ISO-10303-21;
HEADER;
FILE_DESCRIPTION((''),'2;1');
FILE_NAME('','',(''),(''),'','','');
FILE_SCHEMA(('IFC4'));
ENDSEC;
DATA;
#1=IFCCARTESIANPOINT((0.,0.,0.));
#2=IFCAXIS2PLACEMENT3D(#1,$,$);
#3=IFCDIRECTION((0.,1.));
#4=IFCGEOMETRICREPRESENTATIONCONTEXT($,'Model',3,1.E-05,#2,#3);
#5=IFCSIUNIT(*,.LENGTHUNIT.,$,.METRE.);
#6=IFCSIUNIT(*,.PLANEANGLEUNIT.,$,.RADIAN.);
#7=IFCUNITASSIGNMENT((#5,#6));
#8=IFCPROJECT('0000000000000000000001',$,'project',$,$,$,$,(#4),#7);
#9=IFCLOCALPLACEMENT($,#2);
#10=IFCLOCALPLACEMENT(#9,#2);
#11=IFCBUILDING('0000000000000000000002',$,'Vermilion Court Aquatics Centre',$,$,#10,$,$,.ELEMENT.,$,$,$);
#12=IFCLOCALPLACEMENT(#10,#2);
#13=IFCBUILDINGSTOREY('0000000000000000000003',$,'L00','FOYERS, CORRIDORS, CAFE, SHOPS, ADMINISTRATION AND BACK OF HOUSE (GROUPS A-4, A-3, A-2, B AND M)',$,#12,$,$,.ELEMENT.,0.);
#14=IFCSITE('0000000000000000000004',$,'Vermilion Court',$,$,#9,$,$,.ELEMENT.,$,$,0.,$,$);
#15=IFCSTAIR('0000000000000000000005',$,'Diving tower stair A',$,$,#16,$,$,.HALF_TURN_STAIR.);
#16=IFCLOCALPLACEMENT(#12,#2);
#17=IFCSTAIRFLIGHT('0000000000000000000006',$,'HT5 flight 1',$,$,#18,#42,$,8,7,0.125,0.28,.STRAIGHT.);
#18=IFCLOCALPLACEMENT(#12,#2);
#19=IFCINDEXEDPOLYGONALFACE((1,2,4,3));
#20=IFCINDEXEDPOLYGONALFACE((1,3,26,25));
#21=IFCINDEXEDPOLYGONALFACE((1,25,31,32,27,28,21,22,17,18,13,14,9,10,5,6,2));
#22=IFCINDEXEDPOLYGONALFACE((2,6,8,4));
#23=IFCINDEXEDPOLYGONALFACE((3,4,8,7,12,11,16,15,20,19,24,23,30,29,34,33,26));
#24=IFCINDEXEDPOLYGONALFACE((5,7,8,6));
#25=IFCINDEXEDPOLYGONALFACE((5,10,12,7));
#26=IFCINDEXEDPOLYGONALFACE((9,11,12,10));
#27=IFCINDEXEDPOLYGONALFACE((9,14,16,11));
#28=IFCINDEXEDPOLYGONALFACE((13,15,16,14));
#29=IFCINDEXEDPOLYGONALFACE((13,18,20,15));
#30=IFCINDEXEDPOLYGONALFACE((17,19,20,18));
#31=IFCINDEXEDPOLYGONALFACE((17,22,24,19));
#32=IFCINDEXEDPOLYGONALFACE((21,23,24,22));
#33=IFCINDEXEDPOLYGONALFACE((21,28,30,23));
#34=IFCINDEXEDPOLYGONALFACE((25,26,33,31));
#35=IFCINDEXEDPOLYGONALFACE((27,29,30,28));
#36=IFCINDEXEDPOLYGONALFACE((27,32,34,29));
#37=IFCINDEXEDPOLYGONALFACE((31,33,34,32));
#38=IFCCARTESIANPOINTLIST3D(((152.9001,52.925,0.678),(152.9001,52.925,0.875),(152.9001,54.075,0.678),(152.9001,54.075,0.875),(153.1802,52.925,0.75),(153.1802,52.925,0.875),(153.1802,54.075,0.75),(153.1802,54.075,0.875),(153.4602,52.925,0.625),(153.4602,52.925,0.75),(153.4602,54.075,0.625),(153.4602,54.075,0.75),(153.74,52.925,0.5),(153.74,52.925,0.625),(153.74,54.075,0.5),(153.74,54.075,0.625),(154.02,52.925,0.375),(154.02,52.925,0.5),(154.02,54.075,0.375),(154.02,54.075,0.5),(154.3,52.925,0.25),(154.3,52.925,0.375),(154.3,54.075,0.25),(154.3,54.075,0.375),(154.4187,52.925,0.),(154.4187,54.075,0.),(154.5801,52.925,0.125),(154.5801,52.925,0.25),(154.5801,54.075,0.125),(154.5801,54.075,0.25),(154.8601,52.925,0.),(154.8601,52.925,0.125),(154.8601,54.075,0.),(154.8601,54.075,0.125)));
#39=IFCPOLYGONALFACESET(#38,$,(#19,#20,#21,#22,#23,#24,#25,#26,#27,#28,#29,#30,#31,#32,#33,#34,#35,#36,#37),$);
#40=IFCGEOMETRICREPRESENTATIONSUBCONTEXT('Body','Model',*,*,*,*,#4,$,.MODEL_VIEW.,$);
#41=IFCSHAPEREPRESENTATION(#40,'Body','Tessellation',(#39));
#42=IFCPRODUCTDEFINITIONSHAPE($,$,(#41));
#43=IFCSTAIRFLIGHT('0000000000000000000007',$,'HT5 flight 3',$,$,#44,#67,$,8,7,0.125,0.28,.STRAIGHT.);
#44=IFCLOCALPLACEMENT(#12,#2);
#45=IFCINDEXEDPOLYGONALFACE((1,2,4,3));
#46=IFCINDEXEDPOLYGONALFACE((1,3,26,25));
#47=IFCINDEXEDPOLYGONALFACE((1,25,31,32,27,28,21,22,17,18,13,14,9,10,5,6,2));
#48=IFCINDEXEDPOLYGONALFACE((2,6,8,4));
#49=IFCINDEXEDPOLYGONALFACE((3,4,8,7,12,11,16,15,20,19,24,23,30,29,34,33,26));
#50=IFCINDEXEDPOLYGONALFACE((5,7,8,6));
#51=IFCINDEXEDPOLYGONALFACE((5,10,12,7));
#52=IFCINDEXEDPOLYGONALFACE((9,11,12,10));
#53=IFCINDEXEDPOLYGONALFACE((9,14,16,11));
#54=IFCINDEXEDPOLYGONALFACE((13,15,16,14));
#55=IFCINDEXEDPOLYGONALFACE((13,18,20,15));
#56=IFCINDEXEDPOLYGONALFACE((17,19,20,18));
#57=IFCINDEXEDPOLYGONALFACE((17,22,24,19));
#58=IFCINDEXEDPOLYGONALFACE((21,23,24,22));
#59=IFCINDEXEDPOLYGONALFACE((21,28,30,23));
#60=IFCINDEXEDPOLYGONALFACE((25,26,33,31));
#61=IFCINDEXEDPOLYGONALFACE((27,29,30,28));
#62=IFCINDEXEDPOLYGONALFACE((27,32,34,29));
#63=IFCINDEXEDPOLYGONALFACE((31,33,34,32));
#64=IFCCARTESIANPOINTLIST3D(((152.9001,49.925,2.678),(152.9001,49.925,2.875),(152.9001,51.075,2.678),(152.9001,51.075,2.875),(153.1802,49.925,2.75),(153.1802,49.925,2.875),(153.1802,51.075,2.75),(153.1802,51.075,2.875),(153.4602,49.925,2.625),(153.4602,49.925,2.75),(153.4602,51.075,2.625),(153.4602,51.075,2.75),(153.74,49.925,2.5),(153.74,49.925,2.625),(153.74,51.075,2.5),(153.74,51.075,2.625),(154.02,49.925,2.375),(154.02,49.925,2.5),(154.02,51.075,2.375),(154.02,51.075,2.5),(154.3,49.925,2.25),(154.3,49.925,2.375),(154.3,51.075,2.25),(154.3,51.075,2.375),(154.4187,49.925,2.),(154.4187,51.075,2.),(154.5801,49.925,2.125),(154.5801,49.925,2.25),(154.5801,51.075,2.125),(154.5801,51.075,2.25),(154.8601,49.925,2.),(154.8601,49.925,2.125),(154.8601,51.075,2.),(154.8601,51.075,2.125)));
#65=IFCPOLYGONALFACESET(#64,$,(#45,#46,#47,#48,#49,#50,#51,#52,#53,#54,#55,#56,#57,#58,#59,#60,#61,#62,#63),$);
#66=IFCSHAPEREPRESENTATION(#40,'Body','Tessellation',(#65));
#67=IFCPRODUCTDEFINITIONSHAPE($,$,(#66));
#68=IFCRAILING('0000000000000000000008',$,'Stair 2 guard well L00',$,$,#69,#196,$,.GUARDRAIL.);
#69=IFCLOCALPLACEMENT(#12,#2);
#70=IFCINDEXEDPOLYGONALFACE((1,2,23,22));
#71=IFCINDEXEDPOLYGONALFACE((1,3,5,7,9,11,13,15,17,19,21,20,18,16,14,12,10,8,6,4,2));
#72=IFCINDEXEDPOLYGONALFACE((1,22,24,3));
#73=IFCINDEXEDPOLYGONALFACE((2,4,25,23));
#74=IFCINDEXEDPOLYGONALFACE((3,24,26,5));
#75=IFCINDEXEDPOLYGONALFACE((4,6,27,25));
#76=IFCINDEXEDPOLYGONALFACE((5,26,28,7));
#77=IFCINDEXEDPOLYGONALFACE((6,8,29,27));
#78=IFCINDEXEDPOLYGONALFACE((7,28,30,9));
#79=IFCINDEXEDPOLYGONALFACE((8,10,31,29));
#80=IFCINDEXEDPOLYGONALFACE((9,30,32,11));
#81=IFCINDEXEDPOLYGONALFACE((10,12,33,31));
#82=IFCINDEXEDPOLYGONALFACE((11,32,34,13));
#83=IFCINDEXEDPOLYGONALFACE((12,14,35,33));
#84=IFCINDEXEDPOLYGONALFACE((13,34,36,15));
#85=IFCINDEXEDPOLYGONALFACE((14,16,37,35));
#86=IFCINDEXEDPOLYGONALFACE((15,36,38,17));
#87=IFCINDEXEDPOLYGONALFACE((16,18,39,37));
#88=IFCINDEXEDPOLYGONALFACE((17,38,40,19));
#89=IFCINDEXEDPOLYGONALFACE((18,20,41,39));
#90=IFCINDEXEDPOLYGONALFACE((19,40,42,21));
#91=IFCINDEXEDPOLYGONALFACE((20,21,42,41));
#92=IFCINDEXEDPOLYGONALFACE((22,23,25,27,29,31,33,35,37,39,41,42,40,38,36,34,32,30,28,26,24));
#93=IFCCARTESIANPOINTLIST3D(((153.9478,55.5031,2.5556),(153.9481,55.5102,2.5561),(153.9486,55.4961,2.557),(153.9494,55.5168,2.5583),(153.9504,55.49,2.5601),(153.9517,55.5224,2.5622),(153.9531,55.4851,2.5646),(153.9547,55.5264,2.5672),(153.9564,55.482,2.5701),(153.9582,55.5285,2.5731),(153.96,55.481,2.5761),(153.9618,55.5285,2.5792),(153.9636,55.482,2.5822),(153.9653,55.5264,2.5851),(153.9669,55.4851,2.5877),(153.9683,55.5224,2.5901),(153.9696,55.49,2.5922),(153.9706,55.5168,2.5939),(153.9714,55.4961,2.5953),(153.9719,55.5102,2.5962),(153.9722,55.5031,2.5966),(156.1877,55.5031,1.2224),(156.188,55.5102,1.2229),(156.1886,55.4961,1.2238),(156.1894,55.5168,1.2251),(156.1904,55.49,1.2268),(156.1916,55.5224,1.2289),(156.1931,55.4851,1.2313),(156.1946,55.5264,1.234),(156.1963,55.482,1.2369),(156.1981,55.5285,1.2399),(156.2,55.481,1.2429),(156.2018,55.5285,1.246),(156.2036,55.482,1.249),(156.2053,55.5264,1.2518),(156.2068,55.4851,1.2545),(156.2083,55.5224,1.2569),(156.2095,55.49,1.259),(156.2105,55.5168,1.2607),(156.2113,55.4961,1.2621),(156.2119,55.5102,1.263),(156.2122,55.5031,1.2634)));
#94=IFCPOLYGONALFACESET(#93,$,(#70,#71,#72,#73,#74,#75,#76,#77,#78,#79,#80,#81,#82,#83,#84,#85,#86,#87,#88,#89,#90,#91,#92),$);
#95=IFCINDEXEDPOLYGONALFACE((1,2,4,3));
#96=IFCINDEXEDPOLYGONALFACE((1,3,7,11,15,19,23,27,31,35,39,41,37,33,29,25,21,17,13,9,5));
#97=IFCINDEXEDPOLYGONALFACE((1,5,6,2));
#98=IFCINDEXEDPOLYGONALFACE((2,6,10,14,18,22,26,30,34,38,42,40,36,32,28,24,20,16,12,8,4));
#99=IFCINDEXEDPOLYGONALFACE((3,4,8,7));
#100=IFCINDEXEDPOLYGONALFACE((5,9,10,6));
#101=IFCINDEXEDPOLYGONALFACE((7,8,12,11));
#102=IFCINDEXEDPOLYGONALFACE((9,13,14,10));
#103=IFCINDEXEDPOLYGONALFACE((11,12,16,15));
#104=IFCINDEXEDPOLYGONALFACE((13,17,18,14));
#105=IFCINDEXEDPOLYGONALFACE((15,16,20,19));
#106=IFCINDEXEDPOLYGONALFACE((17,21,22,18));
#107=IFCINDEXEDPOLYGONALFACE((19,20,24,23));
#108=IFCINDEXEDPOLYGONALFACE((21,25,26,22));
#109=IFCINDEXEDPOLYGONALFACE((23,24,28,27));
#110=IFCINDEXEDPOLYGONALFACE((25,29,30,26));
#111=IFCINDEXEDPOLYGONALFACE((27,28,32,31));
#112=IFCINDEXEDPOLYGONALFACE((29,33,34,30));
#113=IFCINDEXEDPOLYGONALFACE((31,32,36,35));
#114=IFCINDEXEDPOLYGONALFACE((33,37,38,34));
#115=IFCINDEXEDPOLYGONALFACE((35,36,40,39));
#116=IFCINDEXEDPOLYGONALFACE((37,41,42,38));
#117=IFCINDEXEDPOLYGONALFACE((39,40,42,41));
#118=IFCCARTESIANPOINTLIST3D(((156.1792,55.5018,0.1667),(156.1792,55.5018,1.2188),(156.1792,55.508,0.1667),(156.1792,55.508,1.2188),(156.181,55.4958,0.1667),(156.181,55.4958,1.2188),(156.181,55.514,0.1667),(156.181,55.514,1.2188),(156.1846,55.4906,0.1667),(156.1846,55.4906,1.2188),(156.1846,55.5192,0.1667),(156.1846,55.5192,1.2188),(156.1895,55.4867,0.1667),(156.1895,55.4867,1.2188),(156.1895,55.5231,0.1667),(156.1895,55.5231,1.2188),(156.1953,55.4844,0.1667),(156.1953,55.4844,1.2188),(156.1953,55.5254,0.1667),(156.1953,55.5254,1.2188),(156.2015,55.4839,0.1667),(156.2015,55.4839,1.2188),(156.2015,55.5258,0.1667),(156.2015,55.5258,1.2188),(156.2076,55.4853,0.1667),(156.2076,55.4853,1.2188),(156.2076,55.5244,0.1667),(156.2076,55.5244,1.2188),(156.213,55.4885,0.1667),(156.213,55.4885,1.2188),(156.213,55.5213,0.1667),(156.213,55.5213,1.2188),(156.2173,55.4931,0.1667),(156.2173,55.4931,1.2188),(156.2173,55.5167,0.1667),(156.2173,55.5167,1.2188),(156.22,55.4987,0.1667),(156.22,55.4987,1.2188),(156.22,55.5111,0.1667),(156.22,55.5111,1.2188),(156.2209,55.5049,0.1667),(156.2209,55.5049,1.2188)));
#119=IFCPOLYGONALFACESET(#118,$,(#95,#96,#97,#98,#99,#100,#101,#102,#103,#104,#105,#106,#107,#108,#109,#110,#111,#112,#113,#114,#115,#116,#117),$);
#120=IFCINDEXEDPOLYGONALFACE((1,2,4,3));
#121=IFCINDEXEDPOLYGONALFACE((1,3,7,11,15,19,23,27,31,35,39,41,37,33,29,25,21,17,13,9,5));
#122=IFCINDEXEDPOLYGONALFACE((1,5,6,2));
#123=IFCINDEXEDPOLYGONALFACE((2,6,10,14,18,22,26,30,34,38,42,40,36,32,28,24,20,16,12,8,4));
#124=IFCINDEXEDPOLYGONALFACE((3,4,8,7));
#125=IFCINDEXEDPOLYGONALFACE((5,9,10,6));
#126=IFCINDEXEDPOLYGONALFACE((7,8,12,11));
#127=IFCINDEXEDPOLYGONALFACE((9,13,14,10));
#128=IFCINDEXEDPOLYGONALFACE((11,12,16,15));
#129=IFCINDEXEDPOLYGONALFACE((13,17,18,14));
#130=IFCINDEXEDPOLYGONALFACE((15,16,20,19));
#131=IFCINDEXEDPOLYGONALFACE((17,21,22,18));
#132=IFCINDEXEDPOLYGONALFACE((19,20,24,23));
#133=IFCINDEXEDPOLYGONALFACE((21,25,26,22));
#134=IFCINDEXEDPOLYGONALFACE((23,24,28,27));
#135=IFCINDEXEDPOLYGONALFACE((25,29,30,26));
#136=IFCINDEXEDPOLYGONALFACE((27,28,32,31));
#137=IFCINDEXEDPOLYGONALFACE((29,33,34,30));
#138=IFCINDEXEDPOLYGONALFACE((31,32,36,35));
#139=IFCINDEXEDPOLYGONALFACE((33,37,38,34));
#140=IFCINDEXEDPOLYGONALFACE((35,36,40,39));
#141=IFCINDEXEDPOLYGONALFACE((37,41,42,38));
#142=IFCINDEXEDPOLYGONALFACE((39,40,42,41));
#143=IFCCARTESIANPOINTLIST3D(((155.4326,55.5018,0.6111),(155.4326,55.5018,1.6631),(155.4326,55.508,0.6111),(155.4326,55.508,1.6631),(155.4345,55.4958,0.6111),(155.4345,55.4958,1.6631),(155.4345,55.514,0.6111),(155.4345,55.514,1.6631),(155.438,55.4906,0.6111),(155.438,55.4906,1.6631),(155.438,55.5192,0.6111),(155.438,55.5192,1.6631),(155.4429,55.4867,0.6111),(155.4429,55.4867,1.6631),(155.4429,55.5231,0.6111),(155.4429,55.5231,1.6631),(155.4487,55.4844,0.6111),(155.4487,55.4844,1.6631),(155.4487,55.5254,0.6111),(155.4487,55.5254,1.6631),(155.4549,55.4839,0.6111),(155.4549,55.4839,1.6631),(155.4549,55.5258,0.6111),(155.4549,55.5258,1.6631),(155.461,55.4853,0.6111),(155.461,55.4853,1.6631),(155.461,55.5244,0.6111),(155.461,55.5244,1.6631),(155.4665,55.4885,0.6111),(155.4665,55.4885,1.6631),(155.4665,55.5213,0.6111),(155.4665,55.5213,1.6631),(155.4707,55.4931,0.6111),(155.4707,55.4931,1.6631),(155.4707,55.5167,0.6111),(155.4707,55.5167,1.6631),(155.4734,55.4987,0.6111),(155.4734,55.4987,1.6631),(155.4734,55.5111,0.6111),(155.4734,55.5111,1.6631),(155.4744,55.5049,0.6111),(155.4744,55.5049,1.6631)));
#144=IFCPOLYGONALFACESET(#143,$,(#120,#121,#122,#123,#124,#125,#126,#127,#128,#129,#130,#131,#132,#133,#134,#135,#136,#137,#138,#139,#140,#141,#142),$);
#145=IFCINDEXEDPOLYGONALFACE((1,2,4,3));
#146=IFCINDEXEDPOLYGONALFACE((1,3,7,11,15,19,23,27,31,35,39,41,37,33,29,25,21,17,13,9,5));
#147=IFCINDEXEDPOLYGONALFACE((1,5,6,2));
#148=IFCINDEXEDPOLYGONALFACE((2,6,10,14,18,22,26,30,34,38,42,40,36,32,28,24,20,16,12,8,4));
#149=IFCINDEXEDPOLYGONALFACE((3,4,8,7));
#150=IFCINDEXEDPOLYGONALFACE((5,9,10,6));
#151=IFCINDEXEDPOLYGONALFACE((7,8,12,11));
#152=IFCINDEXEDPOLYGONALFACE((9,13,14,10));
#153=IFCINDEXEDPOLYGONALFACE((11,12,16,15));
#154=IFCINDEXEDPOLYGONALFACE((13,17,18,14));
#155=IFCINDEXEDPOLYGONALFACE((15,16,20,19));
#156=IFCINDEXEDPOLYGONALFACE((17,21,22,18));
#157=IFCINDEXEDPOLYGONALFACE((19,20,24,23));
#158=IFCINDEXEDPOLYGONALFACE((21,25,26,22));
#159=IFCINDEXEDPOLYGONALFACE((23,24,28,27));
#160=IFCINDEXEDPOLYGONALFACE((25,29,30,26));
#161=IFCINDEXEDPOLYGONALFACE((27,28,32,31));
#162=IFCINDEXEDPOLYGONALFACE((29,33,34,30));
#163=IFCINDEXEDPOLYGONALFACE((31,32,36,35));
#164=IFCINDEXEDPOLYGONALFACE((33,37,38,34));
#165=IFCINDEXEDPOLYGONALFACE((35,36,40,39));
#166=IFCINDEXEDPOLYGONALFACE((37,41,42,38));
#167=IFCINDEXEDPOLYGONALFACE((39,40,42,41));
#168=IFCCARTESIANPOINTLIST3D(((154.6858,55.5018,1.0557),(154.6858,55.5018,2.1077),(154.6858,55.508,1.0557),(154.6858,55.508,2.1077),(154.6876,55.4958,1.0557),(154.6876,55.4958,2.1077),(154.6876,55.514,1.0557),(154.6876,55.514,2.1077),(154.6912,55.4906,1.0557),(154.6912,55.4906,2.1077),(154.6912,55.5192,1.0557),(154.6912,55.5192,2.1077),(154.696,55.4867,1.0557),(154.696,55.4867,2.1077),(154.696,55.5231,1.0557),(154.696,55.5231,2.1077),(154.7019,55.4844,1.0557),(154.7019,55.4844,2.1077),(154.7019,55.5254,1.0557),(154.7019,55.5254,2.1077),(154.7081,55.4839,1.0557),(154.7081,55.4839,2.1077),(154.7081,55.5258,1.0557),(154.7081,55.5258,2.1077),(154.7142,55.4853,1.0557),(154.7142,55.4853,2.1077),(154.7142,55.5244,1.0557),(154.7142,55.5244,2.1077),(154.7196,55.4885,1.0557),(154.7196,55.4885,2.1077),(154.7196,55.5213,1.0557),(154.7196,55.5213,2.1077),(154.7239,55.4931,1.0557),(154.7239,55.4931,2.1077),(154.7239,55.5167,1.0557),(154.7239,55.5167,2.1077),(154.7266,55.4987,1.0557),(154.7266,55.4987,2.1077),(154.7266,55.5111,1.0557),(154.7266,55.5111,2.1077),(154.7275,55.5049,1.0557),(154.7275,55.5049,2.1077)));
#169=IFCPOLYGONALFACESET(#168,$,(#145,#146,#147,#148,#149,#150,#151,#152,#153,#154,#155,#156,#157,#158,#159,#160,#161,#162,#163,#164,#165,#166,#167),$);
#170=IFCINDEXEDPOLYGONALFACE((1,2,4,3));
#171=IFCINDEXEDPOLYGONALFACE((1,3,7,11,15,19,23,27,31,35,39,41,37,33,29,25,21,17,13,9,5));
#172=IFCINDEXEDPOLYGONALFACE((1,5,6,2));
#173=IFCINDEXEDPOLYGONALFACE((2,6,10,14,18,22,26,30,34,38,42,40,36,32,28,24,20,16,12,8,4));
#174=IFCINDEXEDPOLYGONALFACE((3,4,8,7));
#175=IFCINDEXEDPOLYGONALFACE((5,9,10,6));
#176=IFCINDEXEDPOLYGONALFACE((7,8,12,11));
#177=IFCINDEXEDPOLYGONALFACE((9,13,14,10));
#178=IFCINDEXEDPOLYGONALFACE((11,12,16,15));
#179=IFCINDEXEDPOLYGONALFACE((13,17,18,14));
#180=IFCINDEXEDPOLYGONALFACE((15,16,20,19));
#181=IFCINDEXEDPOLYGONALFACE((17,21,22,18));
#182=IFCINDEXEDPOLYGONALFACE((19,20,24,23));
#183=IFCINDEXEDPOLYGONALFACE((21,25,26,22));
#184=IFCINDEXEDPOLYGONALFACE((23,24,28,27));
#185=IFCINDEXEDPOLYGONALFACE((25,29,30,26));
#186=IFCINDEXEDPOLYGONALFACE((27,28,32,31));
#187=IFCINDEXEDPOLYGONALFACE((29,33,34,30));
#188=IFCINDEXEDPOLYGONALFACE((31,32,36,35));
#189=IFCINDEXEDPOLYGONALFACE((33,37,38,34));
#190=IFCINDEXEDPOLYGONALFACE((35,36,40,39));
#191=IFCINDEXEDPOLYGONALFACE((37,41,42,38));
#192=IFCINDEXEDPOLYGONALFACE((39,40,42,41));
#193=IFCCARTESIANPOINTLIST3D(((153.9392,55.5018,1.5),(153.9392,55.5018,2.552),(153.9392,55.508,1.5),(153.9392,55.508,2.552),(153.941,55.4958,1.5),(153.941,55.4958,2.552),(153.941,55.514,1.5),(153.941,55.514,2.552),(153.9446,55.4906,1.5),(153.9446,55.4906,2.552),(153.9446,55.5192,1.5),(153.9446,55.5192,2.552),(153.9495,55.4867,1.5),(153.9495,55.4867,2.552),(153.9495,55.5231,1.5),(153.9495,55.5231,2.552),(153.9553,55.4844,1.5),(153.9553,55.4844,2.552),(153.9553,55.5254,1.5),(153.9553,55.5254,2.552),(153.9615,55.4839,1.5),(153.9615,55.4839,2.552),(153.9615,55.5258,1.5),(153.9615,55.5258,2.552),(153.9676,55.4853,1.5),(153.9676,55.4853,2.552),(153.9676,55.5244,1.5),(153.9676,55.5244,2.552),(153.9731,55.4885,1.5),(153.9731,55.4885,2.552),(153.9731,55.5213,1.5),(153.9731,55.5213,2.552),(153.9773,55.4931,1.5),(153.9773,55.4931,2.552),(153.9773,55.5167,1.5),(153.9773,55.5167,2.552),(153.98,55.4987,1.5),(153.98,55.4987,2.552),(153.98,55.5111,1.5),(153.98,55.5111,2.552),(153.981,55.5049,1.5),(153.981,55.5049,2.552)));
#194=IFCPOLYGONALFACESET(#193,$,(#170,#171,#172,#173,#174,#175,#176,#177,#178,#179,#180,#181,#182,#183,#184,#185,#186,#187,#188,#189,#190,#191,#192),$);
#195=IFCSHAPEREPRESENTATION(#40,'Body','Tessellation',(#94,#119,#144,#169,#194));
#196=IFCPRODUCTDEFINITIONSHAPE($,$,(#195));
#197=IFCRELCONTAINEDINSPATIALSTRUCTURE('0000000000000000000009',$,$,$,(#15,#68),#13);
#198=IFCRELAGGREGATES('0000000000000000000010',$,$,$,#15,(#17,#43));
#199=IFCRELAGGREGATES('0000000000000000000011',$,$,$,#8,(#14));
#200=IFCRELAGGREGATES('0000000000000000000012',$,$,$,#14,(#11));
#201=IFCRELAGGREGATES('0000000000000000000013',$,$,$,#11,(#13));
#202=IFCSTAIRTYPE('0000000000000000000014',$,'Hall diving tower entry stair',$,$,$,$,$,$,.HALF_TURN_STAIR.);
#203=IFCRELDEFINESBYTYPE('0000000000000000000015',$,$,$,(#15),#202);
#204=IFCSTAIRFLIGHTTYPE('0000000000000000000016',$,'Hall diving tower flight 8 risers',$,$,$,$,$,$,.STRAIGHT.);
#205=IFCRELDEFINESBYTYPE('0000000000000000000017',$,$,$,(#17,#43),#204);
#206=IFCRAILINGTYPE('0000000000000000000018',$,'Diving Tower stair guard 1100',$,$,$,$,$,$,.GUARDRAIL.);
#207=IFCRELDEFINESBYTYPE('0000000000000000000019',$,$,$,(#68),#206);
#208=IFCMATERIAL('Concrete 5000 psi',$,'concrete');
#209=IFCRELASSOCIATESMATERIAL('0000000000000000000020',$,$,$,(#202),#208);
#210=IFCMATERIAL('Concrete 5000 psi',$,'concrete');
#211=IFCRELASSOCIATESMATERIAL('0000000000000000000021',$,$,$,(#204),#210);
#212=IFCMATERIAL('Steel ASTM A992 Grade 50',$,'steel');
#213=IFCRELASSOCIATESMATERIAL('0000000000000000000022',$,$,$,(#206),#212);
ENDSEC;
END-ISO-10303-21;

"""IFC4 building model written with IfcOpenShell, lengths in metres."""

from ifc_helpers import new_model, si_unit, direction, frame, origin, origin_2d, place, context, subcontext, project, spatial, polyline, circle, outline, extrude, material, type_object, element, aggregate, save


model = new_model("IFC4")

# Units and contexts
model_context = context("Model", 3, precision=1e-05, world=origin(), true_north=direction((0.0, 1.0)))
body_context = subcontext(model_context, "Body", "Model", "MODEL_VIEW")
ifc_project = project(units=[si_unit("LENGTHUNIT", "METRE"), si_unit("PLANEANGLEUNIT", "RADIAN")], contexts=[model_context])

# Site, building, storey
site_placement = place(None, origin())
site = spatial("IfcSite", under=ifc_project, at=site_placement, Name="Vermilion Court", CompositionType="ELEMENT", RefElevation=0.0)
building_placement = place(site_placement, origin())
building = spatial("IfcBuilding", under=site, at=building_placement, Name="Vermilion Court Aquatics Centre", CompositionType="ELEMENT")
storey_placement = place(building_placement, origin())
storey = spatial("IfcBuildingStorey", under=building, at=storey_placement, Name="L00", Description="FOYERS, CORRIDORS, CAFE, SHOPS, ADMINISTRATION AND BACK OF HOUSE (GROUPS A-4, A-3, A-2, B AND M)", CompositionType="ELEMENT", Elevation=0.0)

# Stair, stair flights
ifc_material_1 = material(Name="Concrete 5000 psi", Category="concrete")
stair_type_1 = type_object("IfcStairType", Name="Hall diving tower entry stair", PredefinedType="HALF_TURN_STAIR", material=ifc_material_1)
stair_1_placement = place(storey_placement, origin())
stair_1 = element("IfcStair", 1, at=stair_1_placement, inside=storey, type_object=stair_type_1, Name="Diving tower stair A", PredefinedType="HALF_TURN_STAIR")
ifc_material_2 = material(Name="Concrete 5000 psi", Category="concrete")
stair_flight_type_1 = type_object("IfcStairFlightType", Name="Hall diving tower flight 8 risers", PredefinedType="STRAIGHT", material=ifc_material_2)
stair_flight_1_placement = place(storey_placement, frame((154.8601, 53.5, 0.0), z_axis=(0.0, 0.0, 1.0), x_axis=(-1.0, 0.0, 0.0)))
stair_flight_1 = element("IfcStairFlight", 2, at=stair_flight_1_placement, type_object=stair_flight_type_1, Name="HT5 flight 1", NumberOfRisers=8, NumberOfTreads=7, PredefinedType="STRAIGHT", RiserHeight=0.125, TreadLength=0.28, context=body_context, shape_type="SweptSolid", body=[
    extrude(outline(polyline([(0.0, 0.0), (0.0, 0.125), (0.28, 0.125), (0.28, 0.25), (0.5601, 0.25), (0.5601, 0.375), (0.8401, 0.375), (0.8401, 0.5), (1.1201, 0.5), (1.1201, 0.625), (1.3999, 0.625), (1.3999, 0.75), (1.6799, 0.75), (1.6799, 0.875), (1.96, 0.875), (1.96, 1.0), (1.96, 0.678), (0.4414, 0.0), (0.0, 0.0)])), frame((0.0, 0.575, 0.0), z_axis=(0.0, -1.0, 0.0), x_axis=(1.0, 0.0, 0.0)), (0.0, 0.0, 1.0), 1.1499),
])
stair_flight_2_placement = place(storey_placement, frame((154.8601, 50.5, 2.0), z_axis=(0.0, 0.0, 1.0), x_axis=(-1.0, 0.0, 0.0)))
stair_flight_2 = element("IfcStairFlight", 3, at=stair_flight_2_placement, type_object=stair_flight_type_1, Name="HT5 flight 3", NumberOfRisers=8, NumberOfTreads=7, PredefinedType="STRAIGHT", RiserHeight=0.125, TreadLength=0.28, context=body_context, shape_type="SweptSolid", body=[
    extrude(outline(polyline([(0.0, 0.0), (0.0, 0.125), (0.28, 0.125), (0.28, 0.25), (0.5601, 0.25), (0.5601, 0.375), (0.8401, 0.375), (0.8401, 0.5), (1.1201, 0.5), (1.1201, 0.625), (1.3999, 0.625), (1.3999, 0.75), (1.6799, 0.75), (1.6799, 0.875), (1.96, 0.875), (1.96, 1.0), (1.96, 0.678), (0.4414, 0.0), (0.0, 0.0)])), frame((0.0, 0.575, 0.0), z_axis=(0.0, -1.0, 0.0), x_axis=(1.0, 0.0, 0.0)), (0.0, 0.0, 1.0), 1.1499),
])
aggregate(stair_1, [stair_flight_1, stair_flight_2])

# Railing
ifc_material_3 = material(Name="Steel ASTM A992 Grade 50", Category="steel")
railing_type_1 = type_object("IfcRailingType", Name="Diving Tower stair guard 1100", PredefinedType="GUARDRAIL", material=ifc_material_3)
for number, where, name in (
    (4, (156.2, 55.5049, 0.1667), "Stair 2 guard well L00"),
):
    element("IfcRailing", number, at=place(storey_placement, frame(where)), inside=storey, type_object=railing_type_1, Name=name, PredefinedType="GUARDRAIL", context=body_context, shape_type="SweptSolid", body=[
        extrude(circle(Radius=0.0239, at=origin_2d()), frame((0.0, 0.0, 1.0762), z_axis=(-0.859306, 0.0, 0.511462), x_axis=(0.0, -1.0, 0.0)), (0.0, 0.0, 1.0), 2.6067),
        extrude(circle(Radius=0.021, at=origin_2d()), origin(), (0.0, 0.0, 1.0), 1.052),
        extrude(circle(Radius=0.021, at=origin_2d()), frame((-0.7466, 0.0, 0.4443)), (0.0, 0.0, 1.0), 1.052),
        extrude(circle(Radius=0.021, at=origin_2d()), frame((-1.4934, 0.0, 0.8889)), (0.0, 0.0, 1.0), 1.052),
        extrude(circle(Radius=0.021, at=origin_2d()), frame((-2.24, 0.0, 1.3333)), (0.0, 0.0, 1.0), 1.052),
    ])

save(model, "model.ifc")
